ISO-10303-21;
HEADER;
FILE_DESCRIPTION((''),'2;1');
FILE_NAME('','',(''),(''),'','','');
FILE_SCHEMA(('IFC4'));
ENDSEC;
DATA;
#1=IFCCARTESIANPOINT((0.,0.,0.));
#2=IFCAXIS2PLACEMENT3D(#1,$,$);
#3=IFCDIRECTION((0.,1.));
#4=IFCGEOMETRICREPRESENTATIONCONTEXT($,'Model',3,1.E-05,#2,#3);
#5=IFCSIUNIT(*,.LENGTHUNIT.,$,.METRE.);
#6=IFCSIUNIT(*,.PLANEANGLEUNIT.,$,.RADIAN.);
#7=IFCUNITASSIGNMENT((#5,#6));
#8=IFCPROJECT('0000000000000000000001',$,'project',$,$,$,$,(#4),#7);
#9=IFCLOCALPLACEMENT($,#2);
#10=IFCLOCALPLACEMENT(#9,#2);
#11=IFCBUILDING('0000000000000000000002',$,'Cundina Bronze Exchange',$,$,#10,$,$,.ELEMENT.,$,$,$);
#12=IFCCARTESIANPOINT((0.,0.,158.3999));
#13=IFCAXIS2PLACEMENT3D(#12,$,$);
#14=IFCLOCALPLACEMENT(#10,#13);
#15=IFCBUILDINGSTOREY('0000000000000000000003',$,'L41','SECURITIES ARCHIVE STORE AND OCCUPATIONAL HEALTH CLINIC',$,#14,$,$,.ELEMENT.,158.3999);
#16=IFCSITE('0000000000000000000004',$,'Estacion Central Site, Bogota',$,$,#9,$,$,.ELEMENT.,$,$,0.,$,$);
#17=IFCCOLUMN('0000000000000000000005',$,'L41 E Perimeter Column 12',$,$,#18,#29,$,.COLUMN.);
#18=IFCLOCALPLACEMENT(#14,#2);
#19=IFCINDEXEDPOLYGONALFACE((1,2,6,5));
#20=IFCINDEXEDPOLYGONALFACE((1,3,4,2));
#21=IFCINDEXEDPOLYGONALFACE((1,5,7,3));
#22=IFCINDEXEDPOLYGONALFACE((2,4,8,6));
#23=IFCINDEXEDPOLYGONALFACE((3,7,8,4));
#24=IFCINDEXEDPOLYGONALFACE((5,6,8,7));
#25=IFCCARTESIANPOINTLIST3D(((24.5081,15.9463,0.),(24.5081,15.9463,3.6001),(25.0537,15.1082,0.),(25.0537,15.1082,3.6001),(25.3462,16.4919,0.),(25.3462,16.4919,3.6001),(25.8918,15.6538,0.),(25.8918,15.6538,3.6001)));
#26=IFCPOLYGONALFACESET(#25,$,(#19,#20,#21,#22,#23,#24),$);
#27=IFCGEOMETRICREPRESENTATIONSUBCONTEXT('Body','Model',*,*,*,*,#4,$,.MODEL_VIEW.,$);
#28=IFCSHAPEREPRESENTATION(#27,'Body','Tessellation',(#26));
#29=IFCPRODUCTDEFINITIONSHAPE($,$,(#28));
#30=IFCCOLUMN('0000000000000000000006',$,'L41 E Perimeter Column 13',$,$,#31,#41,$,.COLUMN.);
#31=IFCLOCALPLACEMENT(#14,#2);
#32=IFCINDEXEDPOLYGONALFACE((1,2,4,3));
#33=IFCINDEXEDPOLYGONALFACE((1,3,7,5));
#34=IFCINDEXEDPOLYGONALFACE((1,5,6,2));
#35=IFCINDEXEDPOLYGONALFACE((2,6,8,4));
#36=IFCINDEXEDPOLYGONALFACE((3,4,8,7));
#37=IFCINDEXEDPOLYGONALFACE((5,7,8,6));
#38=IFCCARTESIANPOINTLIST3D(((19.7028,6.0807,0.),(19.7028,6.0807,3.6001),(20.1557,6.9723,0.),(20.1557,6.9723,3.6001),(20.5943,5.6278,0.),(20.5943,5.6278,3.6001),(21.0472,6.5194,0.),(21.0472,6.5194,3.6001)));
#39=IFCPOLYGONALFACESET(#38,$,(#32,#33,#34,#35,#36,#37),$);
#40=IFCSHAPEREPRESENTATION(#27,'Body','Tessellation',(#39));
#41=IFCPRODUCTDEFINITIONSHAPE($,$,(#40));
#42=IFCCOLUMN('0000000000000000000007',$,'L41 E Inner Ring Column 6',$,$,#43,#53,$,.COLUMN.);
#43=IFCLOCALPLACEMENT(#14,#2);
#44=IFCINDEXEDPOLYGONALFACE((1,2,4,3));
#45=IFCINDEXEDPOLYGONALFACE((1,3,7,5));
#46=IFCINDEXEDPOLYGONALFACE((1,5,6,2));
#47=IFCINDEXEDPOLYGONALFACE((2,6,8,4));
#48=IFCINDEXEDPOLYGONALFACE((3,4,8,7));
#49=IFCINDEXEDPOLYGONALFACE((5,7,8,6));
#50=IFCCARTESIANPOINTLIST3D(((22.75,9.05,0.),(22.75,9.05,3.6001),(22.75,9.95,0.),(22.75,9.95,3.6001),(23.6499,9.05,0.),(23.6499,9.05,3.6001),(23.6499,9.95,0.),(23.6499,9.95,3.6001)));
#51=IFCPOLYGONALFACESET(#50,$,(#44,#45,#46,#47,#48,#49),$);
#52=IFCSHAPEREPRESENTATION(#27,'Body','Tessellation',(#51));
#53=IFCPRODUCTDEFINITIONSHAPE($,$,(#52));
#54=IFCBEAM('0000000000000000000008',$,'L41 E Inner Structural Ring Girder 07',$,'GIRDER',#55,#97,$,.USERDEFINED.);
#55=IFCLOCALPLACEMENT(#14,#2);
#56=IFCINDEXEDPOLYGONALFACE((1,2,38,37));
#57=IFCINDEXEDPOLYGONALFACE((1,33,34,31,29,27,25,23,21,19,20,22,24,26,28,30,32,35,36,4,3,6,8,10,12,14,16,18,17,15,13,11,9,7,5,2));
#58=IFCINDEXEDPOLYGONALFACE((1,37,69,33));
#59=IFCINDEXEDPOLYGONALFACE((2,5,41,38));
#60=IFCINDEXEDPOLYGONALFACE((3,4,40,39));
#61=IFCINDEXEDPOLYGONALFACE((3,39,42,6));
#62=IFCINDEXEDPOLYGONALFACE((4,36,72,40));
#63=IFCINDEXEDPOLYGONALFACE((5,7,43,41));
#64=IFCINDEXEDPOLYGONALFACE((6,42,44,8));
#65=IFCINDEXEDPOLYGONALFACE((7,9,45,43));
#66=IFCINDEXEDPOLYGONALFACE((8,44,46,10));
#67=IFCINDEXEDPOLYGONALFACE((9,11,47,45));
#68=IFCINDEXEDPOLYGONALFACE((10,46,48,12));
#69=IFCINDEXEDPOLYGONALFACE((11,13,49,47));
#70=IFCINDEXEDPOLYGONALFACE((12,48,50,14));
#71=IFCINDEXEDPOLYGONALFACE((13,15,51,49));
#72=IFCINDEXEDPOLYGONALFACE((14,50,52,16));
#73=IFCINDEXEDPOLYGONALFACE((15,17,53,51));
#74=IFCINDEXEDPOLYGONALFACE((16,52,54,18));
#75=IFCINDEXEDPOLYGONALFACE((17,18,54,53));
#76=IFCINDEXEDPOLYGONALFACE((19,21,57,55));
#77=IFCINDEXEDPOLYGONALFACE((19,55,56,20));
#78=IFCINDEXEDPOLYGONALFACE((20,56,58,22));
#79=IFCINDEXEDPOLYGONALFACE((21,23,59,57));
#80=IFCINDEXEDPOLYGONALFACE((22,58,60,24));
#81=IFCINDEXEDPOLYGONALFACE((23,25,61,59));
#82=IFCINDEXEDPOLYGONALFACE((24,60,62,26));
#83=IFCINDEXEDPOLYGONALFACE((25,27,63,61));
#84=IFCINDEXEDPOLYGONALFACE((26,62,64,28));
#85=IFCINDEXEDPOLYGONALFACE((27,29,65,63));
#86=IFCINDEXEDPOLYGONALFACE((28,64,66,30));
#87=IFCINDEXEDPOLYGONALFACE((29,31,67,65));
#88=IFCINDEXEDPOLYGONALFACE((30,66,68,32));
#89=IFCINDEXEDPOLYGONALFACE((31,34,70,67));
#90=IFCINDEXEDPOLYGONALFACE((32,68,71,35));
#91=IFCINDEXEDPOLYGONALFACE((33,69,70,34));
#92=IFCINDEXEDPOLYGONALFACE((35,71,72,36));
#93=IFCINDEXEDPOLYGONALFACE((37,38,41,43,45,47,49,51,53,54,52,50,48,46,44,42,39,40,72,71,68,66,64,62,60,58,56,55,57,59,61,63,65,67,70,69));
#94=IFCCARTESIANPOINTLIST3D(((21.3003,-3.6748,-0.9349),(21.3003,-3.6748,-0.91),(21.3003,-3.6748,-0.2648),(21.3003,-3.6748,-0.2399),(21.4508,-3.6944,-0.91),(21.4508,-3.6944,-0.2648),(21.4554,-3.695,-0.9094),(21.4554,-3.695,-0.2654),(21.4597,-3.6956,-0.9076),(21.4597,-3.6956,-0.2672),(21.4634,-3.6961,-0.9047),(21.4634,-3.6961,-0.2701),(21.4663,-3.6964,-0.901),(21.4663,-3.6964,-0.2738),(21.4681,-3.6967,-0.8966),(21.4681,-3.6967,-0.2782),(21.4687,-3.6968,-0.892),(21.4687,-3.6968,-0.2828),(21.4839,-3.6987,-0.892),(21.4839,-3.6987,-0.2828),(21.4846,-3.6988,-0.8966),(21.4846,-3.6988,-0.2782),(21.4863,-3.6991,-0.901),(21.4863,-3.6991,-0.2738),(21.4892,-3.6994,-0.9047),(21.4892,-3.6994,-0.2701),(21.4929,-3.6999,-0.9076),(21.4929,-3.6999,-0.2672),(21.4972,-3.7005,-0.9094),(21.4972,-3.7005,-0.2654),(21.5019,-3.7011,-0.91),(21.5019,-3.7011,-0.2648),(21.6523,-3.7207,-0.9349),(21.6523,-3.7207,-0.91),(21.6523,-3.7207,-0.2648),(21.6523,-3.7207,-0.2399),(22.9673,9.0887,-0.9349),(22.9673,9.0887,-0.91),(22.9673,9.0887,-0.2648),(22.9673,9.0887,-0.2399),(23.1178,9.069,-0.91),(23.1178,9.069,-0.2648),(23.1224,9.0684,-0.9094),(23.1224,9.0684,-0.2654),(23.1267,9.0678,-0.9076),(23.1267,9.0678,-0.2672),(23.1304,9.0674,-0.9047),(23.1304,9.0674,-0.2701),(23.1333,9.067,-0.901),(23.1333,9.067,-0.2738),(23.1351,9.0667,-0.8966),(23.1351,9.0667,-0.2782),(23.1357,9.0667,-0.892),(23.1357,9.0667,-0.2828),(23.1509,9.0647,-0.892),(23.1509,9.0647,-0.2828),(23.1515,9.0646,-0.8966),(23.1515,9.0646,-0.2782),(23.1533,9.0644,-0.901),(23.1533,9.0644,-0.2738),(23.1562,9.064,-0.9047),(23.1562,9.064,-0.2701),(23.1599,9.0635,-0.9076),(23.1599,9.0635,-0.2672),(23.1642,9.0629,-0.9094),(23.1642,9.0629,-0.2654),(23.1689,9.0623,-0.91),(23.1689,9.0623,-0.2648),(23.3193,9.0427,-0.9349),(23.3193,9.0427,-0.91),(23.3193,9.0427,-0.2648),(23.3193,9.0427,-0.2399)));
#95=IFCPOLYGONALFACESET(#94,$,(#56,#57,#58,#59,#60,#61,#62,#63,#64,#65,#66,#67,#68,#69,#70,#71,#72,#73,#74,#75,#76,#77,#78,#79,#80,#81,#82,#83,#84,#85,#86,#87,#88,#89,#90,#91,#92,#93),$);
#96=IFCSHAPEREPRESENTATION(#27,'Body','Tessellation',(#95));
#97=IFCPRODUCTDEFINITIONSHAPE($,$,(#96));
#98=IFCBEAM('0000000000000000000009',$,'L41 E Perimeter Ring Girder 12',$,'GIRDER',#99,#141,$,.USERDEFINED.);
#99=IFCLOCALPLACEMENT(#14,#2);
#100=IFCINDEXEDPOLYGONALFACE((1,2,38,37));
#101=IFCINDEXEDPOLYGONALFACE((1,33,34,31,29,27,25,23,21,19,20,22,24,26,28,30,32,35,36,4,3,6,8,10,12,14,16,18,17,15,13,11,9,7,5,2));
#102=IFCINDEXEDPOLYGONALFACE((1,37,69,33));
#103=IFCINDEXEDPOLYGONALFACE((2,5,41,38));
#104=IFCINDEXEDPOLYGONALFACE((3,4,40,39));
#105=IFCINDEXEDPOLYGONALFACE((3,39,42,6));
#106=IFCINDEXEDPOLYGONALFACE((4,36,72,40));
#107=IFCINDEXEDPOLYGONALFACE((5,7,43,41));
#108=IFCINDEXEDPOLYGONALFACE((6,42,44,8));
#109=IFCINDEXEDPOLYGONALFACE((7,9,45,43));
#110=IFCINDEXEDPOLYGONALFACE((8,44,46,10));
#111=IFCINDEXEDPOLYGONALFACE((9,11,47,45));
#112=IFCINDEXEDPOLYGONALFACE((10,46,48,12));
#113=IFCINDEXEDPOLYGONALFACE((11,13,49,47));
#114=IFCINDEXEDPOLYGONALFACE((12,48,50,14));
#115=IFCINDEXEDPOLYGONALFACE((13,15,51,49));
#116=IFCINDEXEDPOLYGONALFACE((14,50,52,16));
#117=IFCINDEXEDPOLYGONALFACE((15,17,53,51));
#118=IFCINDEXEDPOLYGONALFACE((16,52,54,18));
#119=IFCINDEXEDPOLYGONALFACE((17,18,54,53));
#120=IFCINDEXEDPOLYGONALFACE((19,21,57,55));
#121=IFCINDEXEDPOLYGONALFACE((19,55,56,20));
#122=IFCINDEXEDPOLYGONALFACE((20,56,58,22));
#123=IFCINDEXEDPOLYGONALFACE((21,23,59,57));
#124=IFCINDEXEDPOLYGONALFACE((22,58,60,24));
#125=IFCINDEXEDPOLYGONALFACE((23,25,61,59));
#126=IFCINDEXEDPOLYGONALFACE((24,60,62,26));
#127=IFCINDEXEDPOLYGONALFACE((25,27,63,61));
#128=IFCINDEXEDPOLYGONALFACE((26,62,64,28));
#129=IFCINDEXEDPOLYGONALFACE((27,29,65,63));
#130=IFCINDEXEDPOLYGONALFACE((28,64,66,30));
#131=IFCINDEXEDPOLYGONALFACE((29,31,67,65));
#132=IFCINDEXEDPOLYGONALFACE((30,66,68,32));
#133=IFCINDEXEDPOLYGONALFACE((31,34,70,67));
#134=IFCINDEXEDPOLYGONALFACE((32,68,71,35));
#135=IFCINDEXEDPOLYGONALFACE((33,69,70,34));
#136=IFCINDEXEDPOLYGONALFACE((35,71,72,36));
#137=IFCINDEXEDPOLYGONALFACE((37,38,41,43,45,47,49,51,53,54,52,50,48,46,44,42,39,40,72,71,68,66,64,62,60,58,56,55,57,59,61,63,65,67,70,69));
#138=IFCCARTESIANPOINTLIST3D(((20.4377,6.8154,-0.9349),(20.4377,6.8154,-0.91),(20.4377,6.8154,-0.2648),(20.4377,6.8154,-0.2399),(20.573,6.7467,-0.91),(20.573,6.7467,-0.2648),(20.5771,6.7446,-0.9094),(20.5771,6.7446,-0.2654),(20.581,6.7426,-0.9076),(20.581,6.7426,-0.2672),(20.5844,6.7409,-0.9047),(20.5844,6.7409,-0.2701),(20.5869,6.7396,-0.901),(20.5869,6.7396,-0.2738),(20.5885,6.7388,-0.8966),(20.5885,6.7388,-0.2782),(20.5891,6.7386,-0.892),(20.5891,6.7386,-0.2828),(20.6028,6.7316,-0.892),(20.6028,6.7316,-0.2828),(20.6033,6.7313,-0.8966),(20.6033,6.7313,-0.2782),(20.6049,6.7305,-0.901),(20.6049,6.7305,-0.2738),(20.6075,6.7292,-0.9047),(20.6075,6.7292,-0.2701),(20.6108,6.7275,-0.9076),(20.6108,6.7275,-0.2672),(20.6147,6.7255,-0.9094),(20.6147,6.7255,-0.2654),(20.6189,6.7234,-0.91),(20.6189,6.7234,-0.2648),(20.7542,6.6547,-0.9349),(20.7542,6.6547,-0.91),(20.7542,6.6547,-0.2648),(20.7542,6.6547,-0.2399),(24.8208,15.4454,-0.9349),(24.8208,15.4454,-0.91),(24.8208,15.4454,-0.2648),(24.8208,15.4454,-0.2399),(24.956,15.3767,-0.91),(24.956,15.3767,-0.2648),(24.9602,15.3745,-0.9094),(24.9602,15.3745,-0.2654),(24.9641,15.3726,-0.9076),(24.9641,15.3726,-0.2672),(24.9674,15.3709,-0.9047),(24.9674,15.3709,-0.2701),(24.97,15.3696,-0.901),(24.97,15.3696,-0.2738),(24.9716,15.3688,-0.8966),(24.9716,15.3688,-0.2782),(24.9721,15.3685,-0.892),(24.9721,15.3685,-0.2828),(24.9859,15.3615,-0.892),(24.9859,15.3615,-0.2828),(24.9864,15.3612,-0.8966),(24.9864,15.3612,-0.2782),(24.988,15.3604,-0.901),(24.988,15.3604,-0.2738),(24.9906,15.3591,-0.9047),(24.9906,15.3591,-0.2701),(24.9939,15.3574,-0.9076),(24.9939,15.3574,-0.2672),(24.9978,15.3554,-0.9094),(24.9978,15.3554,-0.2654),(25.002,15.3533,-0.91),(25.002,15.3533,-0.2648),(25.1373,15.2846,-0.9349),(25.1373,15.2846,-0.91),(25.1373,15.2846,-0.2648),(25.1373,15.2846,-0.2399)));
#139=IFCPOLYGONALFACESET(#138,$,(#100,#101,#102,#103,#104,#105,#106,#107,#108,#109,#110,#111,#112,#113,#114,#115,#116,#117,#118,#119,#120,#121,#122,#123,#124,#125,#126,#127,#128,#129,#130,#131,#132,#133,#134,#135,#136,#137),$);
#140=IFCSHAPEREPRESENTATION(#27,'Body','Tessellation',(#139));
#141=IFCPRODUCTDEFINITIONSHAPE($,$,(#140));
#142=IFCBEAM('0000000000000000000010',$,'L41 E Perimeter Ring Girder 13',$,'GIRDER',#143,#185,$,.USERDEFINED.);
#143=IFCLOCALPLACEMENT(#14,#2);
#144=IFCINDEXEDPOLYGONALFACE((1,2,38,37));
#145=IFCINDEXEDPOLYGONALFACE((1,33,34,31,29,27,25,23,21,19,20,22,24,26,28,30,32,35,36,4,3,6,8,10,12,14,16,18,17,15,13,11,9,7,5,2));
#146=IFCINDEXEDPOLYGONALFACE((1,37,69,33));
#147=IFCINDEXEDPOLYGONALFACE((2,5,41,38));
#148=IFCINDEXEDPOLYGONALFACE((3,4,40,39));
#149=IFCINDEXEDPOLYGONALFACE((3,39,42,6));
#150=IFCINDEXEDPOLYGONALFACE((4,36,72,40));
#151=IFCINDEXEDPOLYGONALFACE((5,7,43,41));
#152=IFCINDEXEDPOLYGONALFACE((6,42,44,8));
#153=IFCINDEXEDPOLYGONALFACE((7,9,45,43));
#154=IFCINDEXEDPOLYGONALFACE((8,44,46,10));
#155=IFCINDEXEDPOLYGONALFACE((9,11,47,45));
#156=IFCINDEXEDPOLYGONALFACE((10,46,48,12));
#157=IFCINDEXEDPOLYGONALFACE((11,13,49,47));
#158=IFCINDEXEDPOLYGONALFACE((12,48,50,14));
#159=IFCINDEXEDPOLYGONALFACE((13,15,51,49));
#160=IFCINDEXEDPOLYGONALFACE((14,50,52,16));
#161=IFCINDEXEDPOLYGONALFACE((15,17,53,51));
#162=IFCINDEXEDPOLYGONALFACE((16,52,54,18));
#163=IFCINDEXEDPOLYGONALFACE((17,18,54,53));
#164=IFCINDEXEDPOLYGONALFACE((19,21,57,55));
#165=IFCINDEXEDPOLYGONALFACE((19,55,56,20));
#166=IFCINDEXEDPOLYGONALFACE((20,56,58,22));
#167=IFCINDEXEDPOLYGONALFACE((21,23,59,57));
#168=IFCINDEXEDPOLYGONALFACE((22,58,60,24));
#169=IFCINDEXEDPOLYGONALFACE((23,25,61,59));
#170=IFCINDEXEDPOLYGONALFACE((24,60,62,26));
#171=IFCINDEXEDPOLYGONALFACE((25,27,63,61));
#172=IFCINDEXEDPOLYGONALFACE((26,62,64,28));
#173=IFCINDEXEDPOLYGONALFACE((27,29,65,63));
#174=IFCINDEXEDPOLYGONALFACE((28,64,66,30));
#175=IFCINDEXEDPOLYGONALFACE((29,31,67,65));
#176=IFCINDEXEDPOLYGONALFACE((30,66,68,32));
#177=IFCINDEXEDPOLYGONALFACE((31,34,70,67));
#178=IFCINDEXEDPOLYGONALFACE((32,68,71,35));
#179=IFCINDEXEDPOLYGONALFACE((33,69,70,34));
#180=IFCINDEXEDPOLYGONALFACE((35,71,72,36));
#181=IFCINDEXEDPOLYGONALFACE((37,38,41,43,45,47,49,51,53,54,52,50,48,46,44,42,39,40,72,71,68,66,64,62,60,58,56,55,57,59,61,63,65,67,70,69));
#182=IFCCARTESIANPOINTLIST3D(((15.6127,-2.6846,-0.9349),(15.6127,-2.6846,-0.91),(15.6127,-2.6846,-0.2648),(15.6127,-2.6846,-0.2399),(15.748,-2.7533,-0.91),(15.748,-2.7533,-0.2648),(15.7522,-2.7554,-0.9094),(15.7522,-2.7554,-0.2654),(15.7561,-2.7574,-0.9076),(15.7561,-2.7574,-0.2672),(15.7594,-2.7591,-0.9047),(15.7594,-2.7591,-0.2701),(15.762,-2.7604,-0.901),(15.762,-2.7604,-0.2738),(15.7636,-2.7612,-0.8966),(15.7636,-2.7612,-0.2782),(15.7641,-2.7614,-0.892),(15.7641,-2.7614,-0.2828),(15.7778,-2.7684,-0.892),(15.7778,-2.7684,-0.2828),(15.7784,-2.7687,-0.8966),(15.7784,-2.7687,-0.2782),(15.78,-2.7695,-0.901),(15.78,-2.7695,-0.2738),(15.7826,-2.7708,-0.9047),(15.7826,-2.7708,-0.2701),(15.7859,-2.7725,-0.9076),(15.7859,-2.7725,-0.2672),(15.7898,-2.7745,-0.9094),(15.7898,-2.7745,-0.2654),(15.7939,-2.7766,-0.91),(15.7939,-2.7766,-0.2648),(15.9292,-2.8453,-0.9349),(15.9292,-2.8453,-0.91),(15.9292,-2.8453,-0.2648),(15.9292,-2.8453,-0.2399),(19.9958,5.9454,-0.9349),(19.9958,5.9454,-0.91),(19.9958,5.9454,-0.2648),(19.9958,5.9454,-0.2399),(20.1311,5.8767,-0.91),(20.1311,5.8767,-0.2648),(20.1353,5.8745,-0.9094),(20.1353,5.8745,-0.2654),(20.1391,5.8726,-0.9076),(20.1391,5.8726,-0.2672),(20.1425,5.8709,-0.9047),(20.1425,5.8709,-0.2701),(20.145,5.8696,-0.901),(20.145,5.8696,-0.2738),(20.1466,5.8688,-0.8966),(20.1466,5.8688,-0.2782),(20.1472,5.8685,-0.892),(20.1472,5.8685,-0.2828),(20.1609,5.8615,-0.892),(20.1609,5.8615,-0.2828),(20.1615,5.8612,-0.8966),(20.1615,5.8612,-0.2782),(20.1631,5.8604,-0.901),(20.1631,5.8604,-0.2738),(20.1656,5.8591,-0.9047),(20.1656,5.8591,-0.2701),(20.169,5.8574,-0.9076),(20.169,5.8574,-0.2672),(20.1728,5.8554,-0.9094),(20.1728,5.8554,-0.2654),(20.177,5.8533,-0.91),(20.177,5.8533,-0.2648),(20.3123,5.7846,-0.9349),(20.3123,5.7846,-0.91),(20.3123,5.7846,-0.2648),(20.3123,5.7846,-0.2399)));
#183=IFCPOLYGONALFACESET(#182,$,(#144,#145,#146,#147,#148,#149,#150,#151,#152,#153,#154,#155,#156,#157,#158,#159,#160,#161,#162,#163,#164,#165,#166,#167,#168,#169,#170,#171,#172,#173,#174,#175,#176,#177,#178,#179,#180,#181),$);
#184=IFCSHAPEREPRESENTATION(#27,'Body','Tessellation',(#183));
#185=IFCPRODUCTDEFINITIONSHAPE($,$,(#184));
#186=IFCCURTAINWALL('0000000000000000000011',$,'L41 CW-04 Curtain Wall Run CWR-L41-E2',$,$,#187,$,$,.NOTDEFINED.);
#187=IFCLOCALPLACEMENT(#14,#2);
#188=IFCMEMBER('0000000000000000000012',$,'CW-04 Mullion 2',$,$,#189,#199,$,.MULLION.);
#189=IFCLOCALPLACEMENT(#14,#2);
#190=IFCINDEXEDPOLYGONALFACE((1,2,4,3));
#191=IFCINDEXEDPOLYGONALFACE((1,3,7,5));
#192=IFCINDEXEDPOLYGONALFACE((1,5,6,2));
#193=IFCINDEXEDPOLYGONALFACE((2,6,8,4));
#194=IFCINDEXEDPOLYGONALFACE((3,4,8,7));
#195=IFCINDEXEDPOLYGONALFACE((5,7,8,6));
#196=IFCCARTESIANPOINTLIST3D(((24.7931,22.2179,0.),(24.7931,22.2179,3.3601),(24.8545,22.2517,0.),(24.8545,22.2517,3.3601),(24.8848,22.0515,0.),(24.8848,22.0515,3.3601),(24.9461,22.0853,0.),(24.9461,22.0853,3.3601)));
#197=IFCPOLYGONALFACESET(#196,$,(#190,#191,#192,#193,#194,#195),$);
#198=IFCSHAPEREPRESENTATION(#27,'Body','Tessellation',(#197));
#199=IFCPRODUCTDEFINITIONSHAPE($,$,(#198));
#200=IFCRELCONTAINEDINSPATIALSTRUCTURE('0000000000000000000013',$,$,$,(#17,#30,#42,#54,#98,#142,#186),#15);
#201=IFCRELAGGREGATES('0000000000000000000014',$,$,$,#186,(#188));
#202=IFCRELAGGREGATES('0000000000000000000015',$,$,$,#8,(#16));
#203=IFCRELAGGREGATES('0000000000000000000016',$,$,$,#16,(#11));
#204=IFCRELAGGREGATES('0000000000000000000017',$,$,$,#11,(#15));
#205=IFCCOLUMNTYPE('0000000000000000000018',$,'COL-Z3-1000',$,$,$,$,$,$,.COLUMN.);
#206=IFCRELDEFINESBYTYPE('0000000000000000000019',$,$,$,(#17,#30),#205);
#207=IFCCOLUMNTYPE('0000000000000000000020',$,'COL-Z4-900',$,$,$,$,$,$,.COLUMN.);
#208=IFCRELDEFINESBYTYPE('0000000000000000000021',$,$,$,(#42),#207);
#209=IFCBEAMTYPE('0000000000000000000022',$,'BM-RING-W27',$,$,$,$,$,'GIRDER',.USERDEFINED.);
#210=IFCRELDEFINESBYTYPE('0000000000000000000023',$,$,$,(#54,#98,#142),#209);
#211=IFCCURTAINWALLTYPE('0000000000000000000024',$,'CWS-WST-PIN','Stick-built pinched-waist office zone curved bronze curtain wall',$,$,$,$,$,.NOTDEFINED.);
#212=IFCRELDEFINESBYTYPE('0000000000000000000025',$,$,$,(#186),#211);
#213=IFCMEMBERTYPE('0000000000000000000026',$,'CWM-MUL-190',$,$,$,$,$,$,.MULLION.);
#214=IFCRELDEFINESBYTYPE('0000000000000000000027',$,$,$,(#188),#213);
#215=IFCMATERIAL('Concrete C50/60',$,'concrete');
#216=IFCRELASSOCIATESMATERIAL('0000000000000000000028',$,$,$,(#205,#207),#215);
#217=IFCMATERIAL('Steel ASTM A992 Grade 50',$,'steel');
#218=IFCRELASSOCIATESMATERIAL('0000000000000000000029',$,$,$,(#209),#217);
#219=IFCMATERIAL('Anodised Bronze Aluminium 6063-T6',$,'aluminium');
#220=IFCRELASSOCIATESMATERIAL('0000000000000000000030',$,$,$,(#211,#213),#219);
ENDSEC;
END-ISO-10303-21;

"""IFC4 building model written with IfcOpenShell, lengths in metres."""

from ifc_helpers import new_model, si_unit, direction, frame, origin, origin_2d, place, context, subcontext, project, spatial, rectangle, i_section, extrude, material, material_profile, profile_set, type_object, element, aggregate, save


model = new_model("IFC4")

# Units and contexts
model_context = context("Model", 3, precision=1e-05, world=origin(), true_north=direction((0.0, 1.0)))
body_context = subcontext(model_context, "Body", "Model", "MODEL_VIEW")
ifc_project = project(units=[si_unit("LENGTHUNIT", "METRE"), si_unit("PLANEANGLEUNIT", "RADIAN")], contexts=[model_context])

# Site, building, storey
site_placement = place(None, origin())
site = spatial("IfcSite", under=ifc_project, at=site_placement, Name="Estacion Central Site, Bogota", CompositionType="ELEMENT", RefElevation=0.0)
building_placement = place(site_placement, origin())
building = spatial("IfcBuilding", under=site, at=building_placement, Name="Cundina Bronze Exchange", CompositionType="ELEMENT")
storey_placement = place(building_placement, frame((0.0, 0.0, 158.3999)))
storey = spatial("IfcBuildingStorey", under=building, at=storey_placement, Name="L41", Description="SECURITIES ARCHIVE STORE AND OCCUPATIONAL HEALTH CLINIC", CompositionType="ELEMENT", Elevation=158.3999)

# Columns
ifc_material_1 = material(Name="Concrete C50/60", Category="concrete")
ifc_material_profile_1 = material_profile(ifc_material_1, rectangle(XDim=1.0, YDim=1.0, at=origin_2d()), Name="RC1000X1000", Category="concrete")
ifc_profile_set_1 = profile_set([ifc_material_profile_1], Name="Concrete C50/60")
column_type_1 = type_object("IfcColumnType", Name="COL-Z3-1000", PredefinedType="COLUMN", material=ifc_profile_set_1)
for number, where, z_axis, x_axis, name in (
    (1, (25.2, 15.8, 0.0), (0.0, 0.0, 1.0), (-0.8381, -0.545517, 0.0), "L41 E Perimeter Column 12"),
    (2, (20.375, 6.3, 0.0), (0.0, 0.0, 1.0), (-0.452902, -0.891561, 0.0), "L41 E Perimeter Column 13"),
):
    element("IfcColumn", number, at=place(storey_placement, frame(where, z_axis=z_axis, x_axis=x_axis)), inside=storey, type_object=column_type_1, Name=name, PredefinedType="COLUMN", context=body_context, shape_type="SweptSolid", body=[
        extrude(rectangle(XDim=1.0, YDim=1.0, at=origin_2d()), origin(), (0.0, 0.0, 1.0), 3.6001),
    ])
ifc_material_profile_2 = material_profile(ifc_material_1, rectangle(XDim=0.8999, YDim=0.8999, at=origin_2d()), Name="RC900X900", Category="concrete")
ifc_profile_set_2 = profile_set([ifc_material_profile_2], Name="Concrete C50/60")
column_type_2 = type_object("IfcColumnType", Name="COL-Z4-900", PredefinedType="COLUMN", material=ifc_profile_set_2)
column_placement = place(storey_placement, frame((23.2, 9.5, 0.0), z_axis=(0.0, 0.0, 1.0), x_axis=(1.0, 0.0, 0.0)))
element("IfcColumn", 3, at=column_placement, inside=storey, type_object=column_type_2, Name="L41 E Inner Ring Column 6", PredefinedType="COLUMN", context=body_context, shape_type="SweptSolid", body=[
    extrude(rectangle(XDim=0.8999, YDim=0.8999, at=origin_2d()), origin(), (0.0, 0.0, 1.0), 3.6001),
])

# Beams
ifc_material_2 = material(Name="Steel ASTM A992 Grade 50", Category="steel")
ifc_material_profile_3 = material_profile(ifc_material_2, i_section(OverallWidth=0.355, OverallDepth=0.6951, WebThickness=0.0154, FlangeThickness=0.0249, FilletRadius=0.0181, at=origin_2d()), Name="W27X146", Category="steel")
ifc_profile_set_3 = profile_set([ifc_material_profile_3], Name="Steel ASTM A992 Grade 50")
beam_type = type_object("IfcBeamType", Name="BM-RING-W27", ElementType="GIRDER", PredefinedType="USERDEFINED", material=ifc_profile_set_3)
beam_placement = place(storey_placement, frame((23.1433, 9.0657, -0.5874), z_axis=(-0.129507, -0.991579, 0.0), x_axis=(0.991579, -0.129507, 0.0)))
element("IfcBeam", 4, at=beam_placement, inside=storey, type_object=beam_type, Name="L41 E Inner Structural Ring Girder 07", ObjectType="GIRDER", PredefinedType="USERDEFINED", context=body_context, shape_type="SweptSolid", body=[
    extrude(i_section(OverallWidth=0.355, OverallDepth=0.6951, WebThickness=0.0154, FlangeThickness=0.0249, FilletRadius=0.0181, at=origin_2d()), origin(), (0.0, 0.0, 1.0), 12.8718),
])
for number, where, z_axis, x_axis, name in (
    (5, (24.979, 15.365, -0.5874), (-0.452835, -0.891595, 0.0), (0.891595, -0.452835, 0.0), "L41 E Perimeter Ring Girder 12"),
    (6, (20.1541, 5.865, -0.5874), (-0.452835, -0.891595, 0.0), (0.891595, -0.452835, 0.0), "L41 E Perimeter Ring Girder 13"),
):
    element("IfcBeam", number, at=place(storey_placement, frame(where, z_axis=z_axis, x_axis=x_axis)), inside=storey, type_object=beam_type, Name=name, ObjectType="GIRDER", PredefinedType="USERDEFINED", context=body_context, shape_type="SweptSolid", body=[
        extrude(i_section(OverallWidth=0.355, OverallDepth=0.6951, WebThickness=0.0154, FlangeThickness=0.0249, FilletRadius=0.0181, at=origin_2d()), origin(), (0.0, 0.0, 1.0), 9.6792),
    ])

# Curtain wall, member
ifc_material_3 = material(Name="Anodised Bronze Aluminium 6063-T6", Category="aluminium")
curtain_wall_type = type_object("IfcCurtainWallType", Name="CWS-WST-PIN", Description="Stick-built pinched-waist office zone curved bronze curtain wall", PredefinedType="NOTDEFINED", material=ifc_material_3)
curtain_wall_placement = place(storey_placement, origin())
curtain_wall = element("IfcCurtainWall", 7, at=curtain_wall_placement, inside=storey, type_object=curtain_wall_type, Name="L41 CW-04 Curtain Wall Run CWR-L41-E2", PredefinedType="NOTDEFINED")
ifc_material_profile_4 = material_profile(ifc_material_3, rectangle(XDim=0.0701, YDim=0.1899, at=origin_2d()), Name="AL70X190", Category="aluminium")
ifc_profile_set_4 = profile_set([ifc_material_profile_4], Name="Anodised Bronze Aluminium 6063-T6")
member_type_1 = type_object("IfcMemberType", Name="CWM-MUL-190", PredefinedType="MULLION", material=ifc_profile_set_4)
member_1_placement = place(storey_placement, frame((24.8696, 22.1516, 0.0), z_axis=(0.0, 0.0, 1.0), x_axis=(-0.875886, -0.482518, 0.0)))
member_1 = element("IfcMember", 8, at=member_1_placement, type_object=member_type_1, Name="CW-04 Mullion 2", PredefinedType="MULLION", context=body_context, shape_type="SweptSolid", body=[
    extrude(rectangle(XDim=0.0701, YDim=0.1899, at=origin_2d()), origin(), (0.0, 0.0, 1.0), 3.3601),
])
aggregate(curtain_wall, [member_1])

save(model, "model.ifc")
